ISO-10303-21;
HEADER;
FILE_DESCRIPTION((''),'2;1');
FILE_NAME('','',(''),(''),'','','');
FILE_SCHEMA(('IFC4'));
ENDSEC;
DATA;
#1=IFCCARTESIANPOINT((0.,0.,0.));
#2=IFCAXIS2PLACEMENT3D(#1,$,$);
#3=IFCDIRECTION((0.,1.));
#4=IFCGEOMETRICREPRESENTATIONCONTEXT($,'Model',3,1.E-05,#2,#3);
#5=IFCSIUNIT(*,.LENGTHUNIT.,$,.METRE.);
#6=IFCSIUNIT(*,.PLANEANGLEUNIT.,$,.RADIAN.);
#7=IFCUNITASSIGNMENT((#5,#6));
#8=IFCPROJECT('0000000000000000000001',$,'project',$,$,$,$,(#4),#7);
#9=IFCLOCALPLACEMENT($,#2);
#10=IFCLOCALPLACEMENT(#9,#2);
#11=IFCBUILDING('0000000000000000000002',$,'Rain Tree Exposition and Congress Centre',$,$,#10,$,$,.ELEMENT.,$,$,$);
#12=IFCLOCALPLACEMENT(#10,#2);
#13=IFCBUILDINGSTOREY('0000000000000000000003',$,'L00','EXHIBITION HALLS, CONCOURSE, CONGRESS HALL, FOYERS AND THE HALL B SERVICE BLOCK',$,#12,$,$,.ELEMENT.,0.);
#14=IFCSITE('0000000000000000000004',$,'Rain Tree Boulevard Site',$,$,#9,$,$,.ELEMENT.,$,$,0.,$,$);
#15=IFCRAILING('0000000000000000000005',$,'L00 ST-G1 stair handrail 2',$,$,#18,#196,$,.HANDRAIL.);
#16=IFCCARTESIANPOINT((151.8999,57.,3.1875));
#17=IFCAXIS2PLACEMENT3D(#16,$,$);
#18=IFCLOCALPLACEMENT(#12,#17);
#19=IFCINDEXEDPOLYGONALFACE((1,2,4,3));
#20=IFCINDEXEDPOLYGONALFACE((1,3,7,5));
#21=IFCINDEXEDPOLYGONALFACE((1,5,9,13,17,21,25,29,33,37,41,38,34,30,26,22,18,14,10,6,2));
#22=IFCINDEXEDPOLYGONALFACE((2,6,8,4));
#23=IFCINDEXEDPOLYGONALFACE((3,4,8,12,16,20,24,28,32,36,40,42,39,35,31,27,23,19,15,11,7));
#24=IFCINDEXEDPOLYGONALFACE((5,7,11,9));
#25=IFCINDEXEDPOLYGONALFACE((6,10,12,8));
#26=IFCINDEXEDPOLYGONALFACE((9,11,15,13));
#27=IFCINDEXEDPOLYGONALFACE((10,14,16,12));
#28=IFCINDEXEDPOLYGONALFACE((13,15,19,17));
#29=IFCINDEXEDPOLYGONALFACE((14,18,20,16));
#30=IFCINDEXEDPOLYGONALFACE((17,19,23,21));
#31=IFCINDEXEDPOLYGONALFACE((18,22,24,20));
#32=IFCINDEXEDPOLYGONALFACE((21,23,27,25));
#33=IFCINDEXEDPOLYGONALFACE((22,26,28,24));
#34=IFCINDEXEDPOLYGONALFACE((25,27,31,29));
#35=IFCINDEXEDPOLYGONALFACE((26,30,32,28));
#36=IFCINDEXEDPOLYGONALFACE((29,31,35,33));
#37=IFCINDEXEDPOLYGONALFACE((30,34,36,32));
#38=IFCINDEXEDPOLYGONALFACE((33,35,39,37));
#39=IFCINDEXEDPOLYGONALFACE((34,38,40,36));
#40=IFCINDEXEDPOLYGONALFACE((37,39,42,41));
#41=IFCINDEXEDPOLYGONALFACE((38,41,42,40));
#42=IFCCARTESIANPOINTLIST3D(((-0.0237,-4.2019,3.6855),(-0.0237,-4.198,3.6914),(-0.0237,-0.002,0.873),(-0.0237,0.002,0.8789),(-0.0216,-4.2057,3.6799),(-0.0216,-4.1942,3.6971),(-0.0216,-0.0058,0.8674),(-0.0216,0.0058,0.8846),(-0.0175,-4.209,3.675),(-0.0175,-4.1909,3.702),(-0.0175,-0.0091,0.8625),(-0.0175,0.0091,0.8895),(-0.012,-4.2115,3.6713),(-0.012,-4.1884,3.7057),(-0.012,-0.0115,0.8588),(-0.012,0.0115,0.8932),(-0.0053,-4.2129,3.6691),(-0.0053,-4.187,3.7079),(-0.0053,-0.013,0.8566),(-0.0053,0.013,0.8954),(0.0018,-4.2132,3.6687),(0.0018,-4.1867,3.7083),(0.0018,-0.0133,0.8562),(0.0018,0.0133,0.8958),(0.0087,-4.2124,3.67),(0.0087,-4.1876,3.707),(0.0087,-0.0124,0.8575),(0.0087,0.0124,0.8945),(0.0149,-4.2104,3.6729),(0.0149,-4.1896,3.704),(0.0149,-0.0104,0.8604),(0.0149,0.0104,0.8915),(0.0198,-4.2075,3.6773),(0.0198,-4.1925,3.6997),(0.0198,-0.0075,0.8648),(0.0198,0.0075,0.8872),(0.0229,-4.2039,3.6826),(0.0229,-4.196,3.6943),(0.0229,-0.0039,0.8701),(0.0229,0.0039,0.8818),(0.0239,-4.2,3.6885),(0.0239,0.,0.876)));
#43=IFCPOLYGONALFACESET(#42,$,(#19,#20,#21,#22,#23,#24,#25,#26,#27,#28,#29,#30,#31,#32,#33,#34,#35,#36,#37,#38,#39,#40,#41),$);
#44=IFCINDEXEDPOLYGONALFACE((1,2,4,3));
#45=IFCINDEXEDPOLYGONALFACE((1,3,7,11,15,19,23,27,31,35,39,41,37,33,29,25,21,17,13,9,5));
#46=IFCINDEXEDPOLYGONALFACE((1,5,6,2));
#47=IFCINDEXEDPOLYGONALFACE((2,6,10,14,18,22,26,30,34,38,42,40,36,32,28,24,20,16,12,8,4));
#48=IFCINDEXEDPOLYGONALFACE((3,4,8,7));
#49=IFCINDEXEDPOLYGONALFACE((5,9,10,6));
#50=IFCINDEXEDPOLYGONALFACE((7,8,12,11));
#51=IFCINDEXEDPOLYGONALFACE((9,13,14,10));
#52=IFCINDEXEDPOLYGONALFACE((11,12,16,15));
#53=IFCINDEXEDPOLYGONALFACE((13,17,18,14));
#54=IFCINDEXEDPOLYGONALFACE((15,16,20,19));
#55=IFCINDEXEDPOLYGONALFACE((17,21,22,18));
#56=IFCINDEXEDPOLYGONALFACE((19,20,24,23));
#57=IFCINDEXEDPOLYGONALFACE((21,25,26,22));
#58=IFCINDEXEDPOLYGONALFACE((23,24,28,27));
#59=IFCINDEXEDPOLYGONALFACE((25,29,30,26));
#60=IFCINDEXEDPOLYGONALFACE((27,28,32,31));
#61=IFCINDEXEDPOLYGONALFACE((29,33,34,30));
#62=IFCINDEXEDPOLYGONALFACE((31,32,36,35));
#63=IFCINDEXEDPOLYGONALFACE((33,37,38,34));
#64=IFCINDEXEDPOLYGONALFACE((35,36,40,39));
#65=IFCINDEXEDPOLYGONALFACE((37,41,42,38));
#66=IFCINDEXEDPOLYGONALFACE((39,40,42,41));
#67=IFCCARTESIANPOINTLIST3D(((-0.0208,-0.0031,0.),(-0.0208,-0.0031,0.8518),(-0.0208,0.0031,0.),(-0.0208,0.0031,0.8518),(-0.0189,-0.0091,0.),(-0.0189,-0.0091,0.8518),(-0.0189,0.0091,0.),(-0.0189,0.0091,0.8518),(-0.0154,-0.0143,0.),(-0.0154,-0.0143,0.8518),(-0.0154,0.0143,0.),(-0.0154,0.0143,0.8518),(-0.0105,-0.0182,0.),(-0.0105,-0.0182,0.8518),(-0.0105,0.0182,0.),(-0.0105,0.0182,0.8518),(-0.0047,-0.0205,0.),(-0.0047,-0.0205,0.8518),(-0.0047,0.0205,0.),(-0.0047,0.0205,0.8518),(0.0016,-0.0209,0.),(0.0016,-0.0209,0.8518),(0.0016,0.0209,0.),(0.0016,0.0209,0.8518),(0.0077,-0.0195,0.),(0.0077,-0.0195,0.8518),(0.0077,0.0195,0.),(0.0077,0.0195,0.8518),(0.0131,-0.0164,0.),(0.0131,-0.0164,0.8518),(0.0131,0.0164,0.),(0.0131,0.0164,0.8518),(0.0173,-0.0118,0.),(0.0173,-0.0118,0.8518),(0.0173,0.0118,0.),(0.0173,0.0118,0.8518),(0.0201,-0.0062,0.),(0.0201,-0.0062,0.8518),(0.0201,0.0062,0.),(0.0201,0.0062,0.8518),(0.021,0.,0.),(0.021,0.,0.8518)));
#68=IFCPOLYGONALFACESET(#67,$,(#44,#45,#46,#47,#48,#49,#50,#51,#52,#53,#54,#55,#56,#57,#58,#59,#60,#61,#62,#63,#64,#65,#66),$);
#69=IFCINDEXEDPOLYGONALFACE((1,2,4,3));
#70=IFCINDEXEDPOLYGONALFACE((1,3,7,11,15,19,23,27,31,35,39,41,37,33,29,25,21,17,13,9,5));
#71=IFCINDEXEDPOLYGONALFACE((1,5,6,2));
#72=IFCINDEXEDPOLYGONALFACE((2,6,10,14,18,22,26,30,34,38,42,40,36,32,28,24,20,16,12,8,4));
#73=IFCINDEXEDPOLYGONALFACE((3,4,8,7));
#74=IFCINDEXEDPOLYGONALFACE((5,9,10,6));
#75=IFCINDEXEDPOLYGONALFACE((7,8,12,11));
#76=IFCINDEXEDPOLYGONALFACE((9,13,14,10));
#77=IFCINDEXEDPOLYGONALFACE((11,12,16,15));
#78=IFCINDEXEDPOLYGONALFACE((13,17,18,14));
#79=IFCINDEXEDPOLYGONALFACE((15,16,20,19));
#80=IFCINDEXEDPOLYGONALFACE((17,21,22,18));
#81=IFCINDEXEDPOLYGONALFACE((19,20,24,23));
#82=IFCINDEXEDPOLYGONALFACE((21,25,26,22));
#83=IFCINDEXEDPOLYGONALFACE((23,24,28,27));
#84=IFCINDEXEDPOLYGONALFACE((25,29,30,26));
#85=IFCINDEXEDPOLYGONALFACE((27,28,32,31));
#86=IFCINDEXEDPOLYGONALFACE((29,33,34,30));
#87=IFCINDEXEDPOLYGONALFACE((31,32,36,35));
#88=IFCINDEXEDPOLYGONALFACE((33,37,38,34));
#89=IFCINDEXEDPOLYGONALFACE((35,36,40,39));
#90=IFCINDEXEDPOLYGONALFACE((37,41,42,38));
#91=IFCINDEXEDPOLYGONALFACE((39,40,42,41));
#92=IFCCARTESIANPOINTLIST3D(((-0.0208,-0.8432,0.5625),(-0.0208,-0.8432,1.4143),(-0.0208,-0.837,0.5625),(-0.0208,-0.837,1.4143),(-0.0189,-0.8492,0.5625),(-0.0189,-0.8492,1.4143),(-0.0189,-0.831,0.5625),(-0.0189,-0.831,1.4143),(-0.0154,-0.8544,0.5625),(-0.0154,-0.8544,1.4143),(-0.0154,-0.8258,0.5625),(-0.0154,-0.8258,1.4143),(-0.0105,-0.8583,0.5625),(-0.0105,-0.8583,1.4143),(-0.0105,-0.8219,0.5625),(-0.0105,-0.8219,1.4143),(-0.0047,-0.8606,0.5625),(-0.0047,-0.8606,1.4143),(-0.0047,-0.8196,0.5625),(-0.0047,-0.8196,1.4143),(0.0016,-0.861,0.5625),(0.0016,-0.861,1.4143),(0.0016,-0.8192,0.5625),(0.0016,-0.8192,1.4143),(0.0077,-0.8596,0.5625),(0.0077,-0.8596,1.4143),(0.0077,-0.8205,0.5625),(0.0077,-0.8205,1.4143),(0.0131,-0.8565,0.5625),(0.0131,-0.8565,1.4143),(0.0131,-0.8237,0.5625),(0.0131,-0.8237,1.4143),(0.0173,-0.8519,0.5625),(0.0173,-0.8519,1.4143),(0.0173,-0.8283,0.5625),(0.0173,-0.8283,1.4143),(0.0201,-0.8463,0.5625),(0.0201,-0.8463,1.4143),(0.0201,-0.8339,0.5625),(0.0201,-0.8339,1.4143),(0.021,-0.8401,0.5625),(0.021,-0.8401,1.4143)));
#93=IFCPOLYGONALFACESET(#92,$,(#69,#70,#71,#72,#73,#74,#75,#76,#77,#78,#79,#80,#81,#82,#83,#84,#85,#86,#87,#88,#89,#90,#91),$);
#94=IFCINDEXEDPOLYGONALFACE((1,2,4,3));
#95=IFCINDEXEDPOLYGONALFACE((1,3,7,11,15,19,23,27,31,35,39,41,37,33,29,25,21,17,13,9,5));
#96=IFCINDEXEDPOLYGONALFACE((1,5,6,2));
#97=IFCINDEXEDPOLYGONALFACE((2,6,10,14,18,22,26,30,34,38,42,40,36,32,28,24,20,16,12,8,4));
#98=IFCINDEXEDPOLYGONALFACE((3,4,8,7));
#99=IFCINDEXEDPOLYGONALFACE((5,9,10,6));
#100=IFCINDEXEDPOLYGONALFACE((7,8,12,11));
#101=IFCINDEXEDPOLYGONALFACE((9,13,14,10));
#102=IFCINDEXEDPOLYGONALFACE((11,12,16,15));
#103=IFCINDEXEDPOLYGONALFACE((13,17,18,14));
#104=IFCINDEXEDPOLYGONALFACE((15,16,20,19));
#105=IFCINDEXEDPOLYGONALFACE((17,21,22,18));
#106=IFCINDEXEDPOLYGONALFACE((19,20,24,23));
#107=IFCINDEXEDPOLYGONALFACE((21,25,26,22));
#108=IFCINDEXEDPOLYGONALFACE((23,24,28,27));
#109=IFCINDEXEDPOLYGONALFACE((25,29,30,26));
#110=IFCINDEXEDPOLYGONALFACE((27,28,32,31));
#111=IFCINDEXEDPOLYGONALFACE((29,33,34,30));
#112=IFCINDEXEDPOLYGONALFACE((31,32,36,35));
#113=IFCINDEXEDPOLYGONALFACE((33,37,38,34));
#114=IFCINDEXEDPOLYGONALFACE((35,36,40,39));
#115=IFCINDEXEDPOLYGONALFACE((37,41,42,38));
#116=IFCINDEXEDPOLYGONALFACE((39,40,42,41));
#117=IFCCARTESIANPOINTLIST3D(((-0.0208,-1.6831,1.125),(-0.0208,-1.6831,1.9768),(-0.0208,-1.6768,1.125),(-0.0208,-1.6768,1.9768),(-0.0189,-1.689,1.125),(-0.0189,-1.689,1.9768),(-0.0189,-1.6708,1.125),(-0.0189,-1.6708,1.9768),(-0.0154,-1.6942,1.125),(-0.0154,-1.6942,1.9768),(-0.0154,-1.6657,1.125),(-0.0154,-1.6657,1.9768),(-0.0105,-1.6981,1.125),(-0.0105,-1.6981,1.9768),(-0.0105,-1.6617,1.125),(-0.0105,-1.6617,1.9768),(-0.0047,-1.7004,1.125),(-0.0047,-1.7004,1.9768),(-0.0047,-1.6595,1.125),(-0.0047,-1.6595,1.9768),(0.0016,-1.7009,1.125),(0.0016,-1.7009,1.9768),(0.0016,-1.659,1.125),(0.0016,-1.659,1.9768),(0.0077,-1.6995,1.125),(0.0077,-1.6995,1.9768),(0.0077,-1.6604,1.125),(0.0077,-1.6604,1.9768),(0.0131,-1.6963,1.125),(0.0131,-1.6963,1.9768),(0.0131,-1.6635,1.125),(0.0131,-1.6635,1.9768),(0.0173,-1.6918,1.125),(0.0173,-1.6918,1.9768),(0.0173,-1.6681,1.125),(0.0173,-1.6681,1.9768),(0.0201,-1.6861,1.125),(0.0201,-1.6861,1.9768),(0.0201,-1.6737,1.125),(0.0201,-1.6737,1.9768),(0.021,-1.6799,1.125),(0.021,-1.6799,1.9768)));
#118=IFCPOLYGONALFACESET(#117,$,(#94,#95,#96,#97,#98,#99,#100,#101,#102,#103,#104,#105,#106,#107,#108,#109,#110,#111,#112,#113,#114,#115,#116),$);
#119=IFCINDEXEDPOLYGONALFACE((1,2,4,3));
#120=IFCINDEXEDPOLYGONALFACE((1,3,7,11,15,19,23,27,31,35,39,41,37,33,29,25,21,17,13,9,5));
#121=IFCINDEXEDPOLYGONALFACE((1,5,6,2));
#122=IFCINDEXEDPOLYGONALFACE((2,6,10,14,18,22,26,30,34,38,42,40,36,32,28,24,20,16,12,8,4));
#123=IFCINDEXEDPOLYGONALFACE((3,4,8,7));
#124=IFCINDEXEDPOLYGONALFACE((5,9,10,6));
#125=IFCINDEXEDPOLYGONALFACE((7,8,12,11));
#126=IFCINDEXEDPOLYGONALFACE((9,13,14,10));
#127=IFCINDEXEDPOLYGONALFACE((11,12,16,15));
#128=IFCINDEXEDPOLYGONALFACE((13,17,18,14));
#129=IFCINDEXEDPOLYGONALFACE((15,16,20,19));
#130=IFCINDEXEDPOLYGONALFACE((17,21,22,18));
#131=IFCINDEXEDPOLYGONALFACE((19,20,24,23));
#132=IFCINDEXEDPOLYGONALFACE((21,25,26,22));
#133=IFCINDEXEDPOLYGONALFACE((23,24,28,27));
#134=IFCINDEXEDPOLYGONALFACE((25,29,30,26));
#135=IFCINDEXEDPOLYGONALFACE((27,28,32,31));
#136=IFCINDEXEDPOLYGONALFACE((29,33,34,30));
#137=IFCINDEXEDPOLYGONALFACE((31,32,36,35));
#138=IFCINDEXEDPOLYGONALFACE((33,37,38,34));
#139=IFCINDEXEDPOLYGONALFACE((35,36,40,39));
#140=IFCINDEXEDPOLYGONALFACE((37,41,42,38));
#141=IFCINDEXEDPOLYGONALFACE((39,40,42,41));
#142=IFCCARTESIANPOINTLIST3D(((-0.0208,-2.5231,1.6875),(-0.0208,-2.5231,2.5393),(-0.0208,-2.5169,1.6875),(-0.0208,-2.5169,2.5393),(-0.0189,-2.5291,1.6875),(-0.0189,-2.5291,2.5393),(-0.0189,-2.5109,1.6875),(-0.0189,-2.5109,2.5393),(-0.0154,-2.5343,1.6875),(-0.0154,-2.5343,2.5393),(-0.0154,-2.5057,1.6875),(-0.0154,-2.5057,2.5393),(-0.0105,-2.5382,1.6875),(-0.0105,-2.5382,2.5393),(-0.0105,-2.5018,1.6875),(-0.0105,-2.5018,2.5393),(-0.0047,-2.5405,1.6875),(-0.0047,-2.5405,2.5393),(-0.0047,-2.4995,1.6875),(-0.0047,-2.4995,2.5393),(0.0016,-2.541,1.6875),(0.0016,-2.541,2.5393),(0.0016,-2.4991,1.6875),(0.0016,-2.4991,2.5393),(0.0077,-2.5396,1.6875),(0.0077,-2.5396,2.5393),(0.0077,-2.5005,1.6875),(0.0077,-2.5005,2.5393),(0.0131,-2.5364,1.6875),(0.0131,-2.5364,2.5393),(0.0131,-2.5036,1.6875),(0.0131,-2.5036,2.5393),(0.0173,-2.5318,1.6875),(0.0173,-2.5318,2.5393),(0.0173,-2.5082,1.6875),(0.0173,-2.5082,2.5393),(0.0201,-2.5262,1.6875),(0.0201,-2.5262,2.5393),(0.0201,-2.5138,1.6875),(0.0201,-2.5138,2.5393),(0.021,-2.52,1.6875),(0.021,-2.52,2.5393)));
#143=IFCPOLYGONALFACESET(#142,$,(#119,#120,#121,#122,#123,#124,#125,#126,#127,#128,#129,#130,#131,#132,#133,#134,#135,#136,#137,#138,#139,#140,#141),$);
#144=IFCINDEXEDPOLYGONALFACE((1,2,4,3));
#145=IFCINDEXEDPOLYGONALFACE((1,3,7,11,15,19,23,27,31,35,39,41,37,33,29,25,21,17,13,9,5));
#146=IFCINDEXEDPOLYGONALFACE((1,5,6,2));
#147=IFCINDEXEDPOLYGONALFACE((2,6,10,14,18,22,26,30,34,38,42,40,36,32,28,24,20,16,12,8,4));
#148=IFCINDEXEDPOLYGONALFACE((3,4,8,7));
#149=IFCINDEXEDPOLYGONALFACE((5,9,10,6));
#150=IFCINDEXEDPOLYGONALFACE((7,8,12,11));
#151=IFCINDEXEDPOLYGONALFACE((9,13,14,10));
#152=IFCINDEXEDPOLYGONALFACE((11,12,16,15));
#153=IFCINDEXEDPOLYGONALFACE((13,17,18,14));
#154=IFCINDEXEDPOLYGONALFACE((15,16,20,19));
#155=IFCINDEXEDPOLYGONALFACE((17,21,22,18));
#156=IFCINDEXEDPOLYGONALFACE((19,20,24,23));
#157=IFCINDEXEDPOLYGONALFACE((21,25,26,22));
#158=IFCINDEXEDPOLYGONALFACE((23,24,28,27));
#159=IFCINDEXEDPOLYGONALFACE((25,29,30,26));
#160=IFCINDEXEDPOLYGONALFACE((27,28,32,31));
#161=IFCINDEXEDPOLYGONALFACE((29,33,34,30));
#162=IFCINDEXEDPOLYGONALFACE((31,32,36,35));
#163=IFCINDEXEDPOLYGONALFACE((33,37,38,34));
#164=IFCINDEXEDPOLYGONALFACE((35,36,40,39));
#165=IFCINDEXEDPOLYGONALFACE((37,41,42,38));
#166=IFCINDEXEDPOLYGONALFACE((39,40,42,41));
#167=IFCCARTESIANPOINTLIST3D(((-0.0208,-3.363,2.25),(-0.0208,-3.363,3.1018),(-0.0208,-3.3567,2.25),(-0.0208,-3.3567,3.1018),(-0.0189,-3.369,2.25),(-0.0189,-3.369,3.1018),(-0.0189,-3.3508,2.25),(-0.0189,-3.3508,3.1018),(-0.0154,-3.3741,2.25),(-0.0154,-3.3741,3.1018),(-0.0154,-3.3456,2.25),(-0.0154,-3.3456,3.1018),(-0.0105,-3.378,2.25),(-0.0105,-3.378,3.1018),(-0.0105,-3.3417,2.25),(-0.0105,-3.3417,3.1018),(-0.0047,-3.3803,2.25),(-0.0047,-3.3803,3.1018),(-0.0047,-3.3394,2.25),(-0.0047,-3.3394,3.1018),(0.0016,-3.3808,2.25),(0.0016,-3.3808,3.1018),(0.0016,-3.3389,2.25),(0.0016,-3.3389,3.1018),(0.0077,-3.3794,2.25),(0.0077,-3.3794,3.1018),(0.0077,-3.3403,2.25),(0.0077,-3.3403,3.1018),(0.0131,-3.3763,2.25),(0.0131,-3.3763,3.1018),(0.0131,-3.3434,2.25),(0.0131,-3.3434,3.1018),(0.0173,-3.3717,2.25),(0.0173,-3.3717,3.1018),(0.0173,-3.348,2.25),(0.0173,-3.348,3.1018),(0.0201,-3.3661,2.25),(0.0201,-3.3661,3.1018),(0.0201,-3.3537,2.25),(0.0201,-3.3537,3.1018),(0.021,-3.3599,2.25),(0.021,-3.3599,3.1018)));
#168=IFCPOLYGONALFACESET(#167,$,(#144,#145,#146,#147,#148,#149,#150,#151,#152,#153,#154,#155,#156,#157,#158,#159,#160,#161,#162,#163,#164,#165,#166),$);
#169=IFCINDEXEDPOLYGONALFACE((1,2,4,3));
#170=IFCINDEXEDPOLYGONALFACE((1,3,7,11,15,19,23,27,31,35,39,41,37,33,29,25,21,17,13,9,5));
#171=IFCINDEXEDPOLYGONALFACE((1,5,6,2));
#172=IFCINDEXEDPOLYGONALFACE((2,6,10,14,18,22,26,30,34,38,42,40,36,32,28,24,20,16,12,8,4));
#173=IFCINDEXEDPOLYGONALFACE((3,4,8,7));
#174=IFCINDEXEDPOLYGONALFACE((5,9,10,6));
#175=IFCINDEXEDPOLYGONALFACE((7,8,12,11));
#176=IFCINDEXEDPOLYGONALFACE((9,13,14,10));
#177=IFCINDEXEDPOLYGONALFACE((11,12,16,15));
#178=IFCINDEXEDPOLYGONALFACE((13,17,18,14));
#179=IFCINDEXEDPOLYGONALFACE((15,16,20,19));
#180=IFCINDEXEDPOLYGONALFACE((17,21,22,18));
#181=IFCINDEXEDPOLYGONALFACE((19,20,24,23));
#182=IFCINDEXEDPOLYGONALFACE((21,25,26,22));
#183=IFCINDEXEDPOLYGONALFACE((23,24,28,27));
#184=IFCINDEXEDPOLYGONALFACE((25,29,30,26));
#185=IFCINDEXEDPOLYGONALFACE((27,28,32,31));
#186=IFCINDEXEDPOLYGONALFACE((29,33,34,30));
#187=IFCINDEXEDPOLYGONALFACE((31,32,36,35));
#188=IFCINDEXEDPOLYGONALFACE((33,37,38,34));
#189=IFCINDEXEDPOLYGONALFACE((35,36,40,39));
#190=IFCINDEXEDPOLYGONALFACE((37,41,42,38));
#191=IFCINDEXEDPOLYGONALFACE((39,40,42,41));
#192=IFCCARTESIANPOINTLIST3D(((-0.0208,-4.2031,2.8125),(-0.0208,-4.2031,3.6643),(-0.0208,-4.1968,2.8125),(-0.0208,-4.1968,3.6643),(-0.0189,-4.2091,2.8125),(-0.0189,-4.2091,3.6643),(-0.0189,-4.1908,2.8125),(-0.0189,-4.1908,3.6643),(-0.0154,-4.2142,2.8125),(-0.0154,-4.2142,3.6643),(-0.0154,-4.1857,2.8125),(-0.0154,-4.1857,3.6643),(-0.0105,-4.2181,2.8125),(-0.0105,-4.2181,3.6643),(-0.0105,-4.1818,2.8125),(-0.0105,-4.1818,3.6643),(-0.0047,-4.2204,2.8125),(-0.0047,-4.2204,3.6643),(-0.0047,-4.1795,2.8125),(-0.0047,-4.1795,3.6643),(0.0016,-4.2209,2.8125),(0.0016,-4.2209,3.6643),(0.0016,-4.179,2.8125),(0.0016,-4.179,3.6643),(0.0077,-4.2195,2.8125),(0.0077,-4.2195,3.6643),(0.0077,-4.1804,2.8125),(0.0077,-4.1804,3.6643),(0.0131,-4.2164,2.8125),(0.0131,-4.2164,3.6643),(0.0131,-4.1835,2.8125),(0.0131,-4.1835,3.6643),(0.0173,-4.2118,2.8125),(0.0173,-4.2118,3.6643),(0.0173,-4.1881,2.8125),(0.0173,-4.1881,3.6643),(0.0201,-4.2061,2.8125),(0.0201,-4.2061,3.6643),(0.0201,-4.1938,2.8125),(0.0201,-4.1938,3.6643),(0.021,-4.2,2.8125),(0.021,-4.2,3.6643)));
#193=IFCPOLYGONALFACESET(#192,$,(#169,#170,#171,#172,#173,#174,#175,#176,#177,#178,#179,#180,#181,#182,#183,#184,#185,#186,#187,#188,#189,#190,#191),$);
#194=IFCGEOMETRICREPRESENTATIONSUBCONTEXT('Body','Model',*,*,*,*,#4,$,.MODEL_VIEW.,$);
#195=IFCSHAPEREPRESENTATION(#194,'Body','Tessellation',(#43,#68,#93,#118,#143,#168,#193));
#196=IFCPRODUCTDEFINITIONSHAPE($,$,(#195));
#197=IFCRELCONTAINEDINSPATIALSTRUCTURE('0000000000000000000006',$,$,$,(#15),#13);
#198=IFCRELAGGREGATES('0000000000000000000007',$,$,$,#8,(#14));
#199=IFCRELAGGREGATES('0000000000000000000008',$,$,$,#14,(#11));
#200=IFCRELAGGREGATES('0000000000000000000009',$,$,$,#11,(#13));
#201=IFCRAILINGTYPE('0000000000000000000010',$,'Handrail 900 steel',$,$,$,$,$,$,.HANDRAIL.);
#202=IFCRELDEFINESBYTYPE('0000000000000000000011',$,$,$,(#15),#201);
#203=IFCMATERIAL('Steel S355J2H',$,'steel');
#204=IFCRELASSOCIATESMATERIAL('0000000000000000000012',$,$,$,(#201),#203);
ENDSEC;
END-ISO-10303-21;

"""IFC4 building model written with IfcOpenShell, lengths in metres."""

from ifc_helpers import new_model, si_unit, direction, frame, origin, origin_2d, place, context, subcontext, project, spatial, circle, extrude, material, type_object, element, save


model = new_model("IFC4")

# Units and contexts
model_context = context("Model", 3, precision=1e-05, world=origin(), true_north=direction((0.0, 1.0)))
body_context = subcontext(model_context, "Body", "Model", "MODEL_VIEW")
ifc_project = project(units=[si_unit("LENGTHUNIT", "METRE"), si_unit("PLANEANGLEUNIT", "RADIAN")], contexts=[model_context])

# Site, building, storey
site_placement = place(None, origin())
site = spatial("IfcSite", under=ifc_project, at=site_placement, Name="Rain Tree Boulevard Site", CompositionType="ELEMENT", RefElevation=0.0)
building_placement = place(site_placement, origin())
building = spatial("IfcBuilding", under=site, at=building_placement, Name="Rain Tree Exposition and Congress Centre", CompositionType="ELEMENT")
storey_placement = place(building_placement, origin())
storey = spatial("IfcBuildingStorey", under=building, at=storey_placement, Name="L00", Description="EXHIBITION HALLS, CONCOURSE, CONGRESS HALL, FOYERS AND THE HALL B SERVICE BLOCK", CompositionType="ELEMENT", Elevation=0.0)

# Railing
ifc_material_1 = material(Name="Steel S355J2H", Category="steel")
railing_type_1 = type_object("IfcRailingType", Name="Handrail 900 steel", PredefinedType="HANDRAIL", material=ifc_material_1)
railing_1_placement = place(storey_placement, frame((151.8999, 57.0, 3.1875)))
element("IfcRailing", 1, at=railing_1_placement, inside=storey, type_object=railing_type_1, Name="L00 ST-G1 stair handrail 2", PredefinedType="HANDRAIL", context=body_context, shape_type="SweptSolid", body=[
    extrude(circle(Radius=0.0239, at=origin_2d()), frame((0.0, 0.0, 0.876), z_axis=(0.0, -0.830904, 0.556416), x_axis=(1.0, 0.0, 0.0)), (0.0, 0.0, 1.0), 5.0547),
    extrude(circle(Radius=0.021, at=origin_2d()), origin(), (0.0, 0.0, 1.0), 0.8518),
    extrude(circle(Radius=0.021, at=origin_2d()), frame((0.0, -0.8401, 0.5625)), (0.0, 0.0, 1.0), 0.8518),
    extrude(circle(Radius=0.021, at=origin_2d()), frame((0.0, -1.6799, 1.125)), (0.0, 0.0, 1.0), 0.8518),
    extrude(circle(Radius=0.021, at=origin_2d()), frame((0.0, -2.52, 1.6875)), (0.0, 0.0, 1.0), 0.8518),
    extrude(circle(Radius=0.021, at=origin_2d()), frame((0.0, -3.3599, 2.25)), (0.0, 0.0, 1.0), 0.8518),
    extrude(circle(Radius=0.021, at=origin_2d()), frame((0.0, -4.2, 2.8125)), (0.0, 0.0, 1.0), 0.8518),
])

save(model, "model.ifc")
